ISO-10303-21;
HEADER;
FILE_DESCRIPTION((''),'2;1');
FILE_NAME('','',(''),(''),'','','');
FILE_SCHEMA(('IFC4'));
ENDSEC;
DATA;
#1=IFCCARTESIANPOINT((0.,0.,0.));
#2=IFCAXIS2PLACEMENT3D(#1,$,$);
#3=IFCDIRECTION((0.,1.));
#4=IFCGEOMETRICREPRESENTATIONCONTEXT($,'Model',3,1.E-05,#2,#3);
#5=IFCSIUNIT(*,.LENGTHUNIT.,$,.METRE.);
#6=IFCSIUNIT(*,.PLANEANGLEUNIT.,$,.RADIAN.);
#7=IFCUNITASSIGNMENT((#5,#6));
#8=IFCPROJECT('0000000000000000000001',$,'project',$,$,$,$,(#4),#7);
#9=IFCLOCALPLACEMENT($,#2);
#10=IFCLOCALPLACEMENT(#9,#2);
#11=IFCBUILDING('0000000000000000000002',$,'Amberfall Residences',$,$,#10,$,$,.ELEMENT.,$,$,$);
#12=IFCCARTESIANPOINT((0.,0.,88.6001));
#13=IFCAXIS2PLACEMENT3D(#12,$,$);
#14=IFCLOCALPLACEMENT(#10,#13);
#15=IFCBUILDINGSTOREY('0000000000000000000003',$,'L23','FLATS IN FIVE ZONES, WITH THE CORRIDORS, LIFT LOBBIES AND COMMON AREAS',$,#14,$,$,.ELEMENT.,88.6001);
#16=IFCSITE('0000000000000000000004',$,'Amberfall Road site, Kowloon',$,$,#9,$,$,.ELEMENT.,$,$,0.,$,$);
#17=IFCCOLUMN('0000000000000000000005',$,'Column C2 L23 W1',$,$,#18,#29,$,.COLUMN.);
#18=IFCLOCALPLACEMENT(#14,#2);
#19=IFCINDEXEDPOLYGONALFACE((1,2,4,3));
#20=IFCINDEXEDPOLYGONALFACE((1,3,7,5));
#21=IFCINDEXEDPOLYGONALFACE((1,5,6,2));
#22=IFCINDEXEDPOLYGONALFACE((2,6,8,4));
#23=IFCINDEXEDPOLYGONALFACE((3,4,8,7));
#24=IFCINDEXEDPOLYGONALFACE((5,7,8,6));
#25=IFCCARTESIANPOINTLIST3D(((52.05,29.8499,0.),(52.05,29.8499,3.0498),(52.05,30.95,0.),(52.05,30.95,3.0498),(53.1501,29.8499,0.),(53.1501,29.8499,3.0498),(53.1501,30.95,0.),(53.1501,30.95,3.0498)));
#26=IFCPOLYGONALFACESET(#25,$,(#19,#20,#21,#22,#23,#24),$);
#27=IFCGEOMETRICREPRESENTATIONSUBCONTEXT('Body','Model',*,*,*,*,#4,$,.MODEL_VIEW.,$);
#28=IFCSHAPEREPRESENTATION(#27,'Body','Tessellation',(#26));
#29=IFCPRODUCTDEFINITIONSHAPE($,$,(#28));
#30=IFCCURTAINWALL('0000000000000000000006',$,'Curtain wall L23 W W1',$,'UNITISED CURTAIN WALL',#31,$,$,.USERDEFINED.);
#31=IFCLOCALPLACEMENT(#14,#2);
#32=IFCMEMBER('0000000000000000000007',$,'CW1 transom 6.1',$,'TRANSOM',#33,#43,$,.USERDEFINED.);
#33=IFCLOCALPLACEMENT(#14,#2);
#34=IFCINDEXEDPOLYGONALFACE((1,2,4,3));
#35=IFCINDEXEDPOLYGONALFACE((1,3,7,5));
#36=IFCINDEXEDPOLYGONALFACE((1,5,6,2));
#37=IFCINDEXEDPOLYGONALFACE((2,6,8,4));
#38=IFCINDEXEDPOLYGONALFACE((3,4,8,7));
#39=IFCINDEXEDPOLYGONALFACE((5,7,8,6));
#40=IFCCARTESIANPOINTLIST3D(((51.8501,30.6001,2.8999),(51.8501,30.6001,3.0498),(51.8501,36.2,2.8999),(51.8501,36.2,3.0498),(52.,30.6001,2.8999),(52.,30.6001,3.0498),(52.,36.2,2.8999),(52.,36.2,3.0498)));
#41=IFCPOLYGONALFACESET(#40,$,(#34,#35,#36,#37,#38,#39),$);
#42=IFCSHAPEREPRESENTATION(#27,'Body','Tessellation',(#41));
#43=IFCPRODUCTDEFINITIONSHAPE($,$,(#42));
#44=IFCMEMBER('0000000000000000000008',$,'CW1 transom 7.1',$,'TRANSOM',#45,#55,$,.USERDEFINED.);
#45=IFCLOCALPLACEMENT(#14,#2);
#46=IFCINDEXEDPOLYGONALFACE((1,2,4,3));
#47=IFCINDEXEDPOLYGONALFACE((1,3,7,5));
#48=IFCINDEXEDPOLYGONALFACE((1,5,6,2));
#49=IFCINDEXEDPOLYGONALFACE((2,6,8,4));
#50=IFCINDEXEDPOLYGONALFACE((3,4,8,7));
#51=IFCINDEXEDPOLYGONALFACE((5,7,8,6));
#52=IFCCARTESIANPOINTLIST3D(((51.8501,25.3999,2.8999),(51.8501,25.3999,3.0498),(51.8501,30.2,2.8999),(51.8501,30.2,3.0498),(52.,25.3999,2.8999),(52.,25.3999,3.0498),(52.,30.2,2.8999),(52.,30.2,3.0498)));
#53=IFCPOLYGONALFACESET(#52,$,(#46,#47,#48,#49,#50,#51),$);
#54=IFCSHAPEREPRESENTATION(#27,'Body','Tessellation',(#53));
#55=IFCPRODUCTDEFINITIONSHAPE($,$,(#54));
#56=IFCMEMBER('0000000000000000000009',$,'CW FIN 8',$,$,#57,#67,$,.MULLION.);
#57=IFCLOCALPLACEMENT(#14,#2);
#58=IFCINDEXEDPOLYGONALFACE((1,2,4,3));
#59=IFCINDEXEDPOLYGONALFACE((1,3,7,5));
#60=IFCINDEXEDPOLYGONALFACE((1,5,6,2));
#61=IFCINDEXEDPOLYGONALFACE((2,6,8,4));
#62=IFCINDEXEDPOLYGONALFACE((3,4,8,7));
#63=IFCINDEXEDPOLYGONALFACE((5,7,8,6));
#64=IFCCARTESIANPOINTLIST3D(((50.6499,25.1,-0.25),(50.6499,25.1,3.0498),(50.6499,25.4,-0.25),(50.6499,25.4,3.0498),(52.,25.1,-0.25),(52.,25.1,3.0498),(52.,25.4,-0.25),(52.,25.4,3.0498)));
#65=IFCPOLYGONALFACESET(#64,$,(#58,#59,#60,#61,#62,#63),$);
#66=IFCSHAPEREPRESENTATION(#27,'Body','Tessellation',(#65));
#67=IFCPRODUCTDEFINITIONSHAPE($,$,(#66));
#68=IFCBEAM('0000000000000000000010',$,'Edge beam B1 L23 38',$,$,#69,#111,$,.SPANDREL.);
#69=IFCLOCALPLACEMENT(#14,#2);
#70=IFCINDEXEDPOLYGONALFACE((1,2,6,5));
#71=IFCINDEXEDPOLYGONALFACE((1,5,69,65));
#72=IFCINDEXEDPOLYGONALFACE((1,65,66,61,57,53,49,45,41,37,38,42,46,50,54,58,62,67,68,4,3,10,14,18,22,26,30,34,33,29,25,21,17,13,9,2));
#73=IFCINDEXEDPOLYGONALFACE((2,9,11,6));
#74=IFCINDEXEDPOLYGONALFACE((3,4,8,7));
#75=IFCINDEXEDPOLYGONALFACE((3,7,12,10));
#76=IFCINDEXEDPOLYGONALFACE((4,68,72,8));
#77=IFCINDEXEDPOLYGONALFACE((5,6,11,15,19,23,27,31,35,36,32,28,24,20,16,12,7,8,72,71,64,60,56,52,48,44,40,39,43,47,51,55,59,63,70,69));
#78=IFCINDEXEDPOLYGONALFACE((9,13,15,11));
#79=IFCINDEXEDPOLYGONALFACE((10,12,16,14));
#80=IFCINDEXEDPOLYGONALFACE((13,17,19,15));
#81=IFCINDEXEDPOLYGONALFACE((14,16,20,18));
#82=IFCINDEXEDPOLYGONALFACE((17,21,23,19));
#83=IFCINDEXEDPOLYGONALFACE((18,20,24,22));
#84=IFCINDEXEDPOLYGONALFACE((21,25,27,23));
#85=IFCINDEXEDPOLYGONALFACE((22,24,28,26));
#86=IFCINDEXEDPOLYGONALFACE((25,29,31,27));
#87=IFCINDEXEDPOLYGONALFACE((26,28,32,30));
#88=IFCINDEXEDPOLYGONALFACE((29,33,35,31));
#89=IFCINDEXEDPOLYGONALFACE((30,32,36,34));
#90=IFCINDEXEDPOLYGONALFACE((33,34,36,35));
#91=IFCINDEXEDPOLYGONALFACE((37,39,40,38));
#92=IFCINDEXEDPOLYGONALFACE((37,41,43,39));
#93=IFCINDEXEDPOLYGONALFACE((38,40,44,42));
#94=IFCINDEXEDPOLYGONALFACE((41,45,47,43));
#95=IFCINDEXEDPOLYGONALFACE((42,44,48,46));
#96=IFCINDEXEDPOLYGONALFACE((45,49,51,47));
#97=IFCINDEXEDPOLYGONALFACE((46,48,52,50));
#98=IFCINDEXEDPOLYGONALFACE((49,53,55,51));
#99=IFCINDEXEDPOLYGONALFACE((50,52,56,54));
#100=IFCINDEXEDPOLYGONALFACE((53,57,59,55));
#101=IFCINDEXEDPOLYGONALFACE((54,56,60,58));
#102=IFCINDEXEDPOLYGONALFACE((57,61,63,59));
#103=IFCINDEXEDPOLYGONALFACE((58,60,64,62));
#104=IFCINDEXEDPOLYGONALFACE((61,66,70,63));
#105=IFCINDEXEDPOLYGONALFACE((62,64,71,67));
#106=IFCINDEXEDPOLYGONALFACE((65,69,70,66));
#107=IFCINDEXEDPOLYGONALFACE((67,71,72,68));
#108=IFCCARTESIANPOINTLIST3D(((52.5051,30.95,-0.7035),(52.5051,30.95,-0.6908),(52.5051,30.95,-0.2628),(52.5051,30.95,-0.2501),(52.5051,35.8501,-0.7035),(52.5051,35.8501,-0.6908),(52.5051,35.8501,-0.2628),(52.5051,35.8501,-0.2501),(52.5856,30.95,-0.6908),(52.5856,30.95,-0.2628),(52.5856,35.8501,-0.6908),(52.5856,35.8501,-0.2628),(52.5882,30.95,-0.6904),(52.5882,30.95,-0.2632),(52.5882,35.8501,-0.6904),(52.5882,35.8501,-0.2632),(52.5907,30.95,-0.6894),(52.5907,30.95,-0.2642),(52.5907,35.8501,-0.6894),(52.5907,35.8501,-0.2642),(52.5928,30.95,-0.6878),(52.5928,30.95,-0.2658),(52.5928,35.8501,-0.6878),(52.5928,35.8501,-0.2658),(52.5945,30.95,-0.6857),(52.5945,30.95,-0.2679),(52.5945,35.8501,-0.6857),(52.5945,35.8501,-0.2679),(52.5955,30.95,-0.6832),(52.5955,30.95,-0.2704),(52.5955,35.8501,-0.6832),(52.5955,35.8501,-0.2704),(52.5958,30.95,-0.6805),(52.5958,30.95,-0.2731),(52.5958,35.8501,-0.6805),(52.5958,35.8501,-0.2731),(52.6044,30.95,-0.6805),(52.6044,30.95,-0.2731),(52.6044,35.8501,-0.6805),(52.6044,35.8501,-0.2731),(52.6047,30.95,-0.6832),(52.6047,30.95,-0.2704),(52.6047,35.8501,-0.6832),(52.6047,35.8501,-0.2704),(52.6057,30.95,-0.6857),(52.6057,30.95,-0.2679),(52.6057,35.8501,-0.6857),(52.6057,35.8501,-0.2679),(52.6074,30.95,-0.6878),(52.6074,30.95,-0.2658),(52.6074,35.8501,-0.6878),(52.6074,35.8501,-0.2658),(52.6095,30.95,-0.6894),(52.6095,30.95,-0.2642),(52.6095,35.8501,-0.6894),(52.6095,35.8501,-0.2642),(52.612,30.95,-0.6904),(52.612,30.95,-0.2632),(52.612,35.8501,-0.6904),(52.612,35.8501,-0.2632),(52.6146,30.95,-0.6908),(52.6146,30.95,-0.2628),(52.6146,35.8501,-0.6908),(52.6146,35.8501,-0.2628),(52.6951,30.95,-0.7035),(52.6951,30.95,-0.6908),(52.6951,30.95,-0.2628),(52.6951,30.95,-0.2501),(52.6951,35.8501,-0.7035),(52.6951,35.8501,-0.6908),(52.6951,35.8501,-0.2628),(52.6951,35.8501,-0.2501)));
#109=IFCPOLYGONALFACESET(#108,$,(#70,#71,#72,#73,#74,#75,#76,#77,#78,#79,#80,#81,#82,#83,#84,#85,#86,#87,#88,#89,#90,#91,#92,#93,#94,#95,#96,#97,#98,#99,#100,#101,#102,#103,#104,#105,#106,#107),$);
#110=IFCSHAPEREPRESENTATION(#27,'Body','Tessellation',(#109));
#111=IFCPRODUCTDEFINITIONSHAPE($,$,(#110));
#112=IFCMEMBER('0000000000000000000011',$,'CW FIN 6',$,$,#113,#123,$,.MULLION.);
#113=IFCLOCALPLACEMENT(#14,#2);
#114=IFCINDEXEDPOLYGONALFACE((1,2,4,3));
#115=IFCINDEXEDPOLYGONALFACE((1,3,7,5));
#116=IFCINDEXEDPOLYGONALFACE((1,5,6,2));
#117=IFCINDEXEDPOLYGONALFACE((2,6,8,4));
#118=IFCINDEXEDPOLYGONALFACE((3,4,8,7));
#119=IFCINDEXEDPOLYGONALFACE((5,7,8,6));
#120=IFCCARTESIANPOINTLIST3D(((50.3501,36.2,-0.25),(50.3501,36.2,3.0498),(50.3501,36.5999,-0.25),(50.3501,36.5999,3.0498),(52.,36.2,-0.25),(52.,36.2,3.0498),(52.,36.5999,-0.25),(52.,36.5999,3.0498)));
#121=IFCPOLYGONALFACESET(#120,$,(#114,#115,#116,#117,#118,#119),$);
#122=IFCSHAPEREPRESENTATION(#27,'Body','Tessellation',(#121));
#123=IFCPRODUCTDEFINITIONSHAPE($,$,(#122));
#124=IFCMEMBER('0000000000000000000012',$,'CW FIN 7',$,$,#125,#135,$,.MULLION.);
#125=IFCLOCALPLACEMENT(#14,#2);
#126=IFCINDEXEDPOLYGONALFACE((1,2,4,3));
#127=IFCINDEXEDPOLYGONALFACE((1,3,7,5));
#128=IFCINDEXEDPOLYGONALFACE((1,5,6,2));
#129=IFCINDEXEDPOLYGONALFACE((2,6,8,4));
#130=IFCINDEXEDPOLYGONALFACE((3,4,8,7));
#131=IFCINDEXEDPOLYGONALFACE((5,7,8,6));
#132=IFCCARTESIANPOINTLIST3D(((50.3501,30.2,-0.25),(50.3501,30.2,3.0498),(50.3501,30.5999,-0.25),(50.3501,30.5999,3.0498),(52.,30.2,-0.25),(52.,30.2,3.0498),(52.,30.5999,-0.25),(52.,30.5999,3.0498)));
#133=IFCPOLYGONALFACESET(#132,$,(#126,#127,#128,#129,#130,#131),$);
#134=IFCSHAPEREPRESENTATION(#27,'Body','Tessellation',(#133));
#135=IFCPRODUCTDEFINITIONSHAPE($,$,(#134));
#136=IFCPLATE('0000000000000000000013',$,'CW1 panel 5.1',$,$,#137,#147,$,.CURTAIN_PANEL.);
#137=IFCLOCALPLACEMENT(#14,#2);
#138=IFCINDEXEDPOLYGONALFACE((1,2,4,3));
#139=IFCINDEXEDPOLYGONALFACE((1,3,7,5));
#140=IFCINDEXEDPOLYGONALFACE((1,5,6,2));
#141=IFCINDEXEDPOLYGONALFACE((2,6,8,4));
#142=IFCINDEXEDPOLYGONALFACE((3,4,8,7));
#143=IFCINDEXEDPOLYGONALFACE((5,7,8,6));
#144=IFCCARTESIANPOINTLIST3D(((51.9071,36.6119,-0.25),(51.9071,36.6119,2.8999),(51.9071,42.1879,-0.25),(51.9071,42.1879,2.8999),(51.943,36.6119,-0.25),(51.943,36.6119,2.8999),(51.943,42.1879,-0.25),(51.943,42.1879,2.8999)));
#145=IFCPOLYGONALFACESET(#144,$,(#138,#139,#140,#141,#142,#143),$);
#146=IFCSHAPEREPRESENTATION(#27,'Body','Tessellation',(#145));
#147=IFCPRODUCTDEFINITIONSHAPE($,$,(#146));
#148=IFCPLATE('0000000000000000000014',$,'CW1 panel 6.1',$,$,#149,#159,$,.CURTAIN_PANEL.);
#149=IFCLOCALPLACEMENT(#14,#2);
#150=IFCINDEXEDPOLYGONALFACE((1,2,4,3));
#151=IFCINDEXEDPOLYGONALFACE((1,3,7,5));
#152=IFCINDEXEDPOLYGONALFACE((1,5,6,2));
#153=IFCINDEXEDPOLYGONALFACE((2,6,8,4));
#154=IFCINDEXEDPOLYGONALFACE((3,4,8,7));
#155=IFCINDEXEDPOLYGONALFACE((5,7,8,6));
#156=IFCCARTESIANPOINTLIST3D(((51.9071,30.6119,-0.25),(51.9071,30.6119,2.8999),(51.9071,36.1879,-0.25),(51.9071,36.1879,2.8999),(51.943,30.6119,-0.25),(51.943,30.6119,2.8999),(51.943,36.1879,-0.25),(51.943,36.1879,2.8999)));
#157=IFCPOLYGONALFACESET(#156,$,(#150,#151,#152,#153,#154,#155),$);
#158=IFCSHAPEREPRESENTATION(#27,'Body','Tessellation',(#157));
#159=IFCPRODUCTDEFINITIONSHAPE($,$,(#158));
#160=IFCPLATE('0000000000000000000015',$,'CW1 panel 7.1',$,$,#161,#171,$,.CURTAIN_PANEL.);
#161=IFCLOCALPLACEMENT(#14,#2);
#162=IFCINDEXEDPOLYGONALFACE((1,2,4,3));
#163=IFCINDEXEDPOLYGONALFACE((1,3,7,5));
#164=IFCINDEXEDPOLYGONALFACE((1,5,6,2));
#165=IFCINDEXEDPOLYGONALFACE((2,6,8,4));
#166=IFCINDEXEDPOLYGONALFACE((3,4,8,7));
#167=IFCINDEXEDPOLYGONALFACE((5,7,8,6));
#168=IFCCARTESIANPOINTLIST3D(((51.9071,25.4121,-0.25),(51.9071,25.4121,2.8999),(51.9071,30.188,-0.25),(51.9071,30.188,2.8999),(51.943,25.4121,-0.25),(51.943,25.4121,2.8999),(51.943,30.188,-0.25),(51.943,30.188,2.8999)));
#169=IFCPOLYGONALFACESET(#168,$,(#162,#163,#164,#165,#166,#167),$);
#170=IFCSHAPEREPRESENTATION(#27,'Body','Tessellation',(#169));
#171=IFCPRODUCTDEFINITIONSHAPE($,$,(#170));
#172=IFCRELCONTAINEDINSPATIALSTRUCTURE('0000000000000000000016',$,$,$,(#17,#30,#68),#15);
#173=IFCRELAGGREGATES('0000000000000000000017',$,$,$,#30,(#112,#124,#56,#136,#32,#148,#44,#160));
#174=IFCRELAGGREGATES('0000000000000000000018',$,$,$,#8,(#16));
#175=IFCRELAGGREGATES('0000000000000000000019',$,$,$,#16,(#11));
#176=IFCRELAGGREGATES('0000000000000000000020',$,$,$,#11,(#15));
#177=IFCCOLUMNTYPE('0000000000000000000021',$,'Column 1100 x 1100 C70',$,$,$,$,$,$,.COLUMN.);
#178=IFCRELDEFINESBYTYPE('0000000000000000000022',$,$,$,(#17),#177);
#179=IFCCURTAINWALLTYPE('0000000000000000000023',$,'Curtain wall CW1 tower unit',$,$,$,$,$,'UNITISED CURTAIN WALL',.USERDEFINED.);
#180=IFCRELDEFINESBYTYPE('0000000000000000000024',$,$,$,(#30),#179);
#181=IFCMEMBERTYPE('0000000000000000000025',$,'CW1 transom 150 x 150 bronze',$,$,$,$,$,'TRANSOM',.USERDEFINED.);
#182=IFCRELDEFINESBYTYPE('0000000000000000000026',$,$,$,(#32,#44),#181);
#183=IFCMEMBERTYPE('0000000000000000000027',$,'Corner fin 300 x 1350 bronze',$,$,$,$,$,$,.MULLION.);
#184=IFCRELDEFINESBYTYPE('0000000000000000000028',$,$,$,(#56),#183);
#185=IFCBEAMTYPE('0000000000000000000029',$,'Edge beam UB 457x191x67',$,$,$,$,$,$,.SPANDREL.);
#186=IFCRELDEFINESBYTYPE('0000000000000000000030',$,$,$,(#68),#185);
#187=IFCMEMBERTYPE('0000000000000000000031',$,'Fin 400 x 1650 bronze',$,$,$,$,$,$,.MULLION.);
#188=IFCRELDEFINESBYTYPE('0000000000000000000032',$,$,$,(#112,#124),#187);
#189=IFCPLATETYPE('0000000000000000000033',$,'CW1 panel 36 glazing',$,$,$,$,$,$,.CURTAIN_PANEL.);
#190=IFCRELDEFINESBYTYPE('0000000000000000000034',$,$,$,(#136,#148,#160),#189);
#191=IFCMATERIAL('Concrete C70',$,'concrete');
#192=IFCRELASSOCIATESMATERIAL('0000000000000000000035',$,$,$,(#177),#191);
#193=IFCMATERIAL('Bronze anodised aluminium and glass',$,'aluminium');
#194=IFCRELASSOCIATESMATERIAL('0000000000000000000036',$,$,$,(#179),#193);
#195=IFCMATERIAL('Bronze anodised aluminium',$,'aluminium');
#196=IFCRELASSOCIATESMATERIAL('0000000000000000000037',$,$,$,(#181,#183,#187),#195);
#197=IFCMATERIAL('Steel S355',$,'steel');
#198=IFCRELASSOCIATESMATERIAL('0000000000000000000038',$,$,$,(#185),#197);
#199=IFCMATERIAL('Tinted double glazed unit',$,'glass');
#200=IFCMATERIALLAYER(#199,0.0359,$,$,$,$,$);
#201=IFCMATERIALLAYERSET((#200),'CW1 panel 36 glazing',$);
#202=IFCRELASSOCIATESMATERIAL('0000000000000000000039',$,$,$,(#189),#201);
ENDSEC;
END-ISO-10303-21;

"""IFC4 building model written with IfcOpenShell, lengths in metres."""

from ifc_helpers import new_model, si_unit, direction, frame, origin, origin_2d, place, context, subcontext, project, spatial, rectangle, i_section, extrude, material, layer, layer_set, material_profile, profile_set, type_object, element, aggregate, save


model = new_model("IFC4")

# Units and contexts
model_context = context("Model", 3, precision=1e-05, world=origin(), true_north=direction((0.0, 1.0)))
body_context = subcontext(model_context, "Body", "Model", "MODEL_VIEW")
ifc_project = project(units=[si_unit("LENGTHUNIT", "METRE"), si_unit("PLANEANGLEUNIT", "RADIAN")], contexts=[model_context])

# Site, building, storey
site_placement = place(None, origin())
site = spatial("IfcSite", under=ifc_project, at=site_placement, Name="Amberfall Road site, Kowloon", CompositionType="ELEMENT", RefElevation=0.0)
building_placement = place(site_placement, origin())
building = spatial("IfcBuilding", under=site, at=building_placement, Name="Amberfall Residences", CompositionType="ELEMENT")
storey_placement = place(building_placement, frame((0.0, 0.0, 88.6001)))
storey = spatial("IfcBuildingStorey", under=building, at=storey_placement, Name="L23", Description="FLATS IN FIVE ZONES, WITH THE CORRIDORS, LIFT LOBBIES AND COMMON AREAS", CompositionType="ELEMENT", Elevation=88.6001)

# Column
ifc_material_1 = material(Name="Concrete C70", Category="concrete")
ifc_material_profile_1 = material_profile(ifc_material_1, rectangle(XDim=1.1001, YDim=1.1001, at=origin_2d()), Name="Column 1100 x 1100 C70")
ifc_profile_set_1 = profile_set([ifc_material_profile_1], Name="Concrete C70")
column_type = type_object("IfcColumnType", Name="Column 1100 x 1100 C70", PredefinedType="COLUMN", material=ifc_profile_set_1)
column_placement = place(storey_placement, frame((52.6001, 30.3999, 0.0), z_axis=(0.0, 0.0, 1.0), x_axis=(1.0, 0.0, 0.0)))
element("IfcColumn", 1, at=column_placement, inside=storey, type_object=column_type, Name="Column C2 L23 W1", PredefinedType="COLUMN", context=body_context, shape_type="SweptSolid", body=[
    extrude(rectangle(XDim=1.1001, YDim=1.1001, at=origin_2d()), origin(), (0.0, 0.0, 1.0), 3.0498),
])

# Curtain wall, members
ifc_material_2 = material(Name="Bronze anodised aluminium and glass", Category="aluminium")
curtain_wall_type = type_object("IfcCurtainWallType", Name="Curtain wall CW1 tower unit", ElementType="UNITISED CURTAIN WALL", PredefinedType="USERDEFINED", material=ifc_material_2)
curtain_wall_placement = place(storey_placement, origin())
curtain_wall = element("IfcCurtainWall", 2, at=curtain_wall_placement, inside=storey, type_object=curtain_wall_type, Name="Curtain wall L23 W W1", ObjectType="UNITISED CURTAIN WALL", PredefinedType="USERDEFINED")
ifc_material_3 = material(Name="Bronze anodised aluminium", Category="aluminium")
ifc_material_profile_2 = material_profile(ifc_material_3, rectangle(XDim=0.1499, YDim=0.1499, at=origin_2d()), Name="CW1 transom 150 x 150 bronze")
ifc_profile_set_2 = profile_set([ifc_material_profile_2], Name="Bronze anodised aluminium")
member_type_1 = type_object("IfcMemberType", Name="CW1 transom 150 x 150 bronze", ElementType="TRANSOM", PredefinedType="USERDEFINED", material=ifc_profile_set_2)
member_1_placement = place(storey_placement, frame((51.925, 36.2, 2.9749), z_axis=(0.0, -1.0, 0.0), x_axis=(1.0, 0.0, 0.0)))
member_1 = element("IfcMember", 3, at=member_1_placement, type_object=member_type_1, Name="CW1 transom 6.1", ObjectType="TRANSOM", PredefinedType="USERDEFINED", context=body_context, shape_type="SweptSolid", body=[
    extrude(rectangle(XDim=0.1499, YDim=0.1499, at=origin_2d()), origin(), (0.0, 0.0, 1.0), 5.5999),
])
member_2_placement = place(storey_placement, frame((51.925, 30.2, 2.9749), z_axis=(0.0, -1.0, 0.0), x_axis=(1.0, 0.0, 0.0)))
member_2 = element("IfcMember", 4, at=member_2_placement, type_object=member_type_1, Name="CW1 transom 7.1", ObjectType="TRANSOM", PredefinedType="USERDEFINED", context=body_context, shape_type="SweptSolid", body=[
    extrude(rectangle(XDim=0.1499, YDim=0.1499, at=origin_2d()), origin(), (0.0, 0.0, 1.0), 4.8),
])
ifc_material_profile_3 = material_profile(ifc_material_3, rectangle(XDim=1.3501, YDim=0.3, at=origin_2d()), Name="Corner fin 300 x 1350 bronze")
ifc_profile_set_3 = profile_set([ifc_material_profile_3], Name="Bronze anodised aluminium")
member_type_2 = type_object("IfcMemberType", Name="Corner fin 300 x 1350 bronze", PredefinedType="MULLION", material=ifc_profile_set_3)
member_3_placement = place(storey_placement, frame((51.325, 25.25, -0.25), z_axis=(0.0, 0.0, 1.0), x_axis=(1.0, 0.0, 0.0)))
member_3 = element("IfcMember", 5, at=member_3_placement, type_object=member_type_2, Name="CW FIN 8", PredefinedType="MULLION", context=body_context, shape_type="SweptSolid", body=[
    extrude(rectangle(XDim=1.3501, YDim=0.3, at=origin_2d()), origin(), (0.0, 0.0, 1.0), 3.2998),
])

# Beam
ifc_material_4 = material(Name="Steel S355", Category="steel")
ifc_material_profile_4 = material_profile(ifc_material_4, i_section(OverallWidth=0.1899, OverallDepth=0.4534, WebThickness=0.0085, FlangeThickness=0.0127, FilletRadius=0.0103, at=origin_2d()), Name="UB 457x191x67")
ifc_profile_set_4 = profile_set([ifc_material_profile_4], Name="Steel S355")
beam_type = type_object("IfcBeamType", Name="Edge beam UB 457x191x67", PredefinedType="SPANDREL", material=ifc_profile_set_4)
beam_placement = place(storey_placement, frame((52.6001, 30.95, -0.4768), z_axis=(0.0, 1.0, 0.0), x_axis=(-1.0, 0.0, 0.0)))
element("IfcBeam", 6, at=beam_placement, inside=storey, type_object=beam_type, Name="Edge beam B1 L23 38", PredefinedType="SPANDREL", context=body_context, shape_type="SweptSolid", body=[
    extrude(i_section(OverallWidth=0.1899, OverallDepth=0.4534, WebThickness=0.0085, FlangeThickness=0.0127, FilletRadius=0.0103, at=origin_2d()), origin(), (0.0, 0.0, 1.0), 4.9001),
])

# Members
ifc_material_profile_5 = material_profile(ifc_material_3, rectangle(XDim=1.6499, YDim=0.3999, at=origin_2d()), Name="Fin 400 x 1650 bronze")
ifc_profile_set_5 = profile_set([ifc_material_profile_5], Name="Bronze anodised aluminium")
member_type_3 = type_object("IfcMemberType", Name="Fin 400 x 1650 bronze", PredefinedType="MULLION", material=ifc_profile_set_5)
member_4_placement = place(storey_placement, frame((51.175, 36.3999, -0.25), z_axis=(0.0, 0.0, 1.0), x_axis=(1.0, 0.0, 0.0)))
member_4 = element("IfcMember", 7, at=member_4_placement, type_object=member_type_3, Name="CW FIN 6", PredefinedType="MULLION", context=body_context, shape_type="SweptSolid", body=[
    extrude(rectangle(XDim=1.6499, YDim=0.3999, at=origin_2d()), origin(), (0.0, 0.0, 1.0), 3.2998),
])
member_5_placement = place(storey_placement, frame((51.175, 30.3999, -0.25), z_axis=(0.0, 0.0, 1.0), x_axis=(1.0, 0.0, 0.0)))
member_5 = element("IfcMember", 8, at=member_5_placement, type_object=member_type_3, Name="CW FIN 7", PredefinedType="MULLION", context=body_context, shape_type="SweptSolid", body=[
    extrude(rectangle(XDim=1.6499, YDim=0.3999, at=origin_2d()), origin(), (0.0, 0.0, 1.0), 3.2998),
])

# Plates
ifc_material_5 = material(Name="Tinted double glazed unit", Category="glass")
ifc_layer_1 = layer(ifc_material_5, 0.0359)
ifc_layer_set_1 = layer_set([ifc_layer_1], Name="CW1 panel 36 glazing")
plate_type = type_object("IfcPlateType", Name="CW1 panel 36 glazing", PredefinedType="CURTAIN_PANEL", material=ifc_layer_set_1)
plate_1_placement = place(storey_placement, frame((51.925, 39.3999, -0.25), z_axis=(0.0, 0.0, 1.0), x_axis=(0.0, -1.0, 0.0)))
plate_1 = element("IfcPlate", 9, at=plate_1_placement, type_object=plate_type, Name="CW1 panel 5.1", PredefinedType="CURTAIN_PANEL", context=body_context, shape_type="SweptSolid", body=[
    extrude(rectangle(XDim=5.5759, YDim=0.0359, at=origin_2d()), origin(), (0.0, 0.0, 1.0), 3.1499),
])
plate_2_placement = place(storey_placement, frame((51.925, 33.3999, -0.25), z_axis=(0.0, 0.0, 1.0), x_axis=(0.0, -1.0, 0.0)))
plate_2 = element("IfcPlate", 10, at=plate_2_placement, type_object=plate_type, Name="CW1 panel 6.1", PredefinedType="CURTAIN_PANEL", context=body_context, shape_type="SweptSolid", body=[
    extrude(rectangle(XDim=5.5759, YDim=0.0359, at=origin_2d()), origin(), (0.0, 0.0, 1.0), 3.1499),
])
plate_3_placement = place(storey_placement, frame((51.925, 27.8, -0.25), z_axis=(0.0, 0.0, 1.0), x_axis=(0.0, -1.0, 0.0)))
plate_3 = element("IfcPlate", 11, at=plate_3_placement, type_object=plate_type, Name="CW1 panel 7.1", PredefinedType="CURTAIN_PANEL", context=body_context, shape_type="SweptSolid", body=[
    extrude(rectangle(XDim=4.7759, YDim=0.0359, at=origin_2d()), origin(), (0.0, 0.0, 1.0), 3.1499),
])
aggregate(curtain_wall, [member_4, member_5, member_3, plate_1, member_1, plate_2, member_2, plate_3])

save(model, "model.ifc")
